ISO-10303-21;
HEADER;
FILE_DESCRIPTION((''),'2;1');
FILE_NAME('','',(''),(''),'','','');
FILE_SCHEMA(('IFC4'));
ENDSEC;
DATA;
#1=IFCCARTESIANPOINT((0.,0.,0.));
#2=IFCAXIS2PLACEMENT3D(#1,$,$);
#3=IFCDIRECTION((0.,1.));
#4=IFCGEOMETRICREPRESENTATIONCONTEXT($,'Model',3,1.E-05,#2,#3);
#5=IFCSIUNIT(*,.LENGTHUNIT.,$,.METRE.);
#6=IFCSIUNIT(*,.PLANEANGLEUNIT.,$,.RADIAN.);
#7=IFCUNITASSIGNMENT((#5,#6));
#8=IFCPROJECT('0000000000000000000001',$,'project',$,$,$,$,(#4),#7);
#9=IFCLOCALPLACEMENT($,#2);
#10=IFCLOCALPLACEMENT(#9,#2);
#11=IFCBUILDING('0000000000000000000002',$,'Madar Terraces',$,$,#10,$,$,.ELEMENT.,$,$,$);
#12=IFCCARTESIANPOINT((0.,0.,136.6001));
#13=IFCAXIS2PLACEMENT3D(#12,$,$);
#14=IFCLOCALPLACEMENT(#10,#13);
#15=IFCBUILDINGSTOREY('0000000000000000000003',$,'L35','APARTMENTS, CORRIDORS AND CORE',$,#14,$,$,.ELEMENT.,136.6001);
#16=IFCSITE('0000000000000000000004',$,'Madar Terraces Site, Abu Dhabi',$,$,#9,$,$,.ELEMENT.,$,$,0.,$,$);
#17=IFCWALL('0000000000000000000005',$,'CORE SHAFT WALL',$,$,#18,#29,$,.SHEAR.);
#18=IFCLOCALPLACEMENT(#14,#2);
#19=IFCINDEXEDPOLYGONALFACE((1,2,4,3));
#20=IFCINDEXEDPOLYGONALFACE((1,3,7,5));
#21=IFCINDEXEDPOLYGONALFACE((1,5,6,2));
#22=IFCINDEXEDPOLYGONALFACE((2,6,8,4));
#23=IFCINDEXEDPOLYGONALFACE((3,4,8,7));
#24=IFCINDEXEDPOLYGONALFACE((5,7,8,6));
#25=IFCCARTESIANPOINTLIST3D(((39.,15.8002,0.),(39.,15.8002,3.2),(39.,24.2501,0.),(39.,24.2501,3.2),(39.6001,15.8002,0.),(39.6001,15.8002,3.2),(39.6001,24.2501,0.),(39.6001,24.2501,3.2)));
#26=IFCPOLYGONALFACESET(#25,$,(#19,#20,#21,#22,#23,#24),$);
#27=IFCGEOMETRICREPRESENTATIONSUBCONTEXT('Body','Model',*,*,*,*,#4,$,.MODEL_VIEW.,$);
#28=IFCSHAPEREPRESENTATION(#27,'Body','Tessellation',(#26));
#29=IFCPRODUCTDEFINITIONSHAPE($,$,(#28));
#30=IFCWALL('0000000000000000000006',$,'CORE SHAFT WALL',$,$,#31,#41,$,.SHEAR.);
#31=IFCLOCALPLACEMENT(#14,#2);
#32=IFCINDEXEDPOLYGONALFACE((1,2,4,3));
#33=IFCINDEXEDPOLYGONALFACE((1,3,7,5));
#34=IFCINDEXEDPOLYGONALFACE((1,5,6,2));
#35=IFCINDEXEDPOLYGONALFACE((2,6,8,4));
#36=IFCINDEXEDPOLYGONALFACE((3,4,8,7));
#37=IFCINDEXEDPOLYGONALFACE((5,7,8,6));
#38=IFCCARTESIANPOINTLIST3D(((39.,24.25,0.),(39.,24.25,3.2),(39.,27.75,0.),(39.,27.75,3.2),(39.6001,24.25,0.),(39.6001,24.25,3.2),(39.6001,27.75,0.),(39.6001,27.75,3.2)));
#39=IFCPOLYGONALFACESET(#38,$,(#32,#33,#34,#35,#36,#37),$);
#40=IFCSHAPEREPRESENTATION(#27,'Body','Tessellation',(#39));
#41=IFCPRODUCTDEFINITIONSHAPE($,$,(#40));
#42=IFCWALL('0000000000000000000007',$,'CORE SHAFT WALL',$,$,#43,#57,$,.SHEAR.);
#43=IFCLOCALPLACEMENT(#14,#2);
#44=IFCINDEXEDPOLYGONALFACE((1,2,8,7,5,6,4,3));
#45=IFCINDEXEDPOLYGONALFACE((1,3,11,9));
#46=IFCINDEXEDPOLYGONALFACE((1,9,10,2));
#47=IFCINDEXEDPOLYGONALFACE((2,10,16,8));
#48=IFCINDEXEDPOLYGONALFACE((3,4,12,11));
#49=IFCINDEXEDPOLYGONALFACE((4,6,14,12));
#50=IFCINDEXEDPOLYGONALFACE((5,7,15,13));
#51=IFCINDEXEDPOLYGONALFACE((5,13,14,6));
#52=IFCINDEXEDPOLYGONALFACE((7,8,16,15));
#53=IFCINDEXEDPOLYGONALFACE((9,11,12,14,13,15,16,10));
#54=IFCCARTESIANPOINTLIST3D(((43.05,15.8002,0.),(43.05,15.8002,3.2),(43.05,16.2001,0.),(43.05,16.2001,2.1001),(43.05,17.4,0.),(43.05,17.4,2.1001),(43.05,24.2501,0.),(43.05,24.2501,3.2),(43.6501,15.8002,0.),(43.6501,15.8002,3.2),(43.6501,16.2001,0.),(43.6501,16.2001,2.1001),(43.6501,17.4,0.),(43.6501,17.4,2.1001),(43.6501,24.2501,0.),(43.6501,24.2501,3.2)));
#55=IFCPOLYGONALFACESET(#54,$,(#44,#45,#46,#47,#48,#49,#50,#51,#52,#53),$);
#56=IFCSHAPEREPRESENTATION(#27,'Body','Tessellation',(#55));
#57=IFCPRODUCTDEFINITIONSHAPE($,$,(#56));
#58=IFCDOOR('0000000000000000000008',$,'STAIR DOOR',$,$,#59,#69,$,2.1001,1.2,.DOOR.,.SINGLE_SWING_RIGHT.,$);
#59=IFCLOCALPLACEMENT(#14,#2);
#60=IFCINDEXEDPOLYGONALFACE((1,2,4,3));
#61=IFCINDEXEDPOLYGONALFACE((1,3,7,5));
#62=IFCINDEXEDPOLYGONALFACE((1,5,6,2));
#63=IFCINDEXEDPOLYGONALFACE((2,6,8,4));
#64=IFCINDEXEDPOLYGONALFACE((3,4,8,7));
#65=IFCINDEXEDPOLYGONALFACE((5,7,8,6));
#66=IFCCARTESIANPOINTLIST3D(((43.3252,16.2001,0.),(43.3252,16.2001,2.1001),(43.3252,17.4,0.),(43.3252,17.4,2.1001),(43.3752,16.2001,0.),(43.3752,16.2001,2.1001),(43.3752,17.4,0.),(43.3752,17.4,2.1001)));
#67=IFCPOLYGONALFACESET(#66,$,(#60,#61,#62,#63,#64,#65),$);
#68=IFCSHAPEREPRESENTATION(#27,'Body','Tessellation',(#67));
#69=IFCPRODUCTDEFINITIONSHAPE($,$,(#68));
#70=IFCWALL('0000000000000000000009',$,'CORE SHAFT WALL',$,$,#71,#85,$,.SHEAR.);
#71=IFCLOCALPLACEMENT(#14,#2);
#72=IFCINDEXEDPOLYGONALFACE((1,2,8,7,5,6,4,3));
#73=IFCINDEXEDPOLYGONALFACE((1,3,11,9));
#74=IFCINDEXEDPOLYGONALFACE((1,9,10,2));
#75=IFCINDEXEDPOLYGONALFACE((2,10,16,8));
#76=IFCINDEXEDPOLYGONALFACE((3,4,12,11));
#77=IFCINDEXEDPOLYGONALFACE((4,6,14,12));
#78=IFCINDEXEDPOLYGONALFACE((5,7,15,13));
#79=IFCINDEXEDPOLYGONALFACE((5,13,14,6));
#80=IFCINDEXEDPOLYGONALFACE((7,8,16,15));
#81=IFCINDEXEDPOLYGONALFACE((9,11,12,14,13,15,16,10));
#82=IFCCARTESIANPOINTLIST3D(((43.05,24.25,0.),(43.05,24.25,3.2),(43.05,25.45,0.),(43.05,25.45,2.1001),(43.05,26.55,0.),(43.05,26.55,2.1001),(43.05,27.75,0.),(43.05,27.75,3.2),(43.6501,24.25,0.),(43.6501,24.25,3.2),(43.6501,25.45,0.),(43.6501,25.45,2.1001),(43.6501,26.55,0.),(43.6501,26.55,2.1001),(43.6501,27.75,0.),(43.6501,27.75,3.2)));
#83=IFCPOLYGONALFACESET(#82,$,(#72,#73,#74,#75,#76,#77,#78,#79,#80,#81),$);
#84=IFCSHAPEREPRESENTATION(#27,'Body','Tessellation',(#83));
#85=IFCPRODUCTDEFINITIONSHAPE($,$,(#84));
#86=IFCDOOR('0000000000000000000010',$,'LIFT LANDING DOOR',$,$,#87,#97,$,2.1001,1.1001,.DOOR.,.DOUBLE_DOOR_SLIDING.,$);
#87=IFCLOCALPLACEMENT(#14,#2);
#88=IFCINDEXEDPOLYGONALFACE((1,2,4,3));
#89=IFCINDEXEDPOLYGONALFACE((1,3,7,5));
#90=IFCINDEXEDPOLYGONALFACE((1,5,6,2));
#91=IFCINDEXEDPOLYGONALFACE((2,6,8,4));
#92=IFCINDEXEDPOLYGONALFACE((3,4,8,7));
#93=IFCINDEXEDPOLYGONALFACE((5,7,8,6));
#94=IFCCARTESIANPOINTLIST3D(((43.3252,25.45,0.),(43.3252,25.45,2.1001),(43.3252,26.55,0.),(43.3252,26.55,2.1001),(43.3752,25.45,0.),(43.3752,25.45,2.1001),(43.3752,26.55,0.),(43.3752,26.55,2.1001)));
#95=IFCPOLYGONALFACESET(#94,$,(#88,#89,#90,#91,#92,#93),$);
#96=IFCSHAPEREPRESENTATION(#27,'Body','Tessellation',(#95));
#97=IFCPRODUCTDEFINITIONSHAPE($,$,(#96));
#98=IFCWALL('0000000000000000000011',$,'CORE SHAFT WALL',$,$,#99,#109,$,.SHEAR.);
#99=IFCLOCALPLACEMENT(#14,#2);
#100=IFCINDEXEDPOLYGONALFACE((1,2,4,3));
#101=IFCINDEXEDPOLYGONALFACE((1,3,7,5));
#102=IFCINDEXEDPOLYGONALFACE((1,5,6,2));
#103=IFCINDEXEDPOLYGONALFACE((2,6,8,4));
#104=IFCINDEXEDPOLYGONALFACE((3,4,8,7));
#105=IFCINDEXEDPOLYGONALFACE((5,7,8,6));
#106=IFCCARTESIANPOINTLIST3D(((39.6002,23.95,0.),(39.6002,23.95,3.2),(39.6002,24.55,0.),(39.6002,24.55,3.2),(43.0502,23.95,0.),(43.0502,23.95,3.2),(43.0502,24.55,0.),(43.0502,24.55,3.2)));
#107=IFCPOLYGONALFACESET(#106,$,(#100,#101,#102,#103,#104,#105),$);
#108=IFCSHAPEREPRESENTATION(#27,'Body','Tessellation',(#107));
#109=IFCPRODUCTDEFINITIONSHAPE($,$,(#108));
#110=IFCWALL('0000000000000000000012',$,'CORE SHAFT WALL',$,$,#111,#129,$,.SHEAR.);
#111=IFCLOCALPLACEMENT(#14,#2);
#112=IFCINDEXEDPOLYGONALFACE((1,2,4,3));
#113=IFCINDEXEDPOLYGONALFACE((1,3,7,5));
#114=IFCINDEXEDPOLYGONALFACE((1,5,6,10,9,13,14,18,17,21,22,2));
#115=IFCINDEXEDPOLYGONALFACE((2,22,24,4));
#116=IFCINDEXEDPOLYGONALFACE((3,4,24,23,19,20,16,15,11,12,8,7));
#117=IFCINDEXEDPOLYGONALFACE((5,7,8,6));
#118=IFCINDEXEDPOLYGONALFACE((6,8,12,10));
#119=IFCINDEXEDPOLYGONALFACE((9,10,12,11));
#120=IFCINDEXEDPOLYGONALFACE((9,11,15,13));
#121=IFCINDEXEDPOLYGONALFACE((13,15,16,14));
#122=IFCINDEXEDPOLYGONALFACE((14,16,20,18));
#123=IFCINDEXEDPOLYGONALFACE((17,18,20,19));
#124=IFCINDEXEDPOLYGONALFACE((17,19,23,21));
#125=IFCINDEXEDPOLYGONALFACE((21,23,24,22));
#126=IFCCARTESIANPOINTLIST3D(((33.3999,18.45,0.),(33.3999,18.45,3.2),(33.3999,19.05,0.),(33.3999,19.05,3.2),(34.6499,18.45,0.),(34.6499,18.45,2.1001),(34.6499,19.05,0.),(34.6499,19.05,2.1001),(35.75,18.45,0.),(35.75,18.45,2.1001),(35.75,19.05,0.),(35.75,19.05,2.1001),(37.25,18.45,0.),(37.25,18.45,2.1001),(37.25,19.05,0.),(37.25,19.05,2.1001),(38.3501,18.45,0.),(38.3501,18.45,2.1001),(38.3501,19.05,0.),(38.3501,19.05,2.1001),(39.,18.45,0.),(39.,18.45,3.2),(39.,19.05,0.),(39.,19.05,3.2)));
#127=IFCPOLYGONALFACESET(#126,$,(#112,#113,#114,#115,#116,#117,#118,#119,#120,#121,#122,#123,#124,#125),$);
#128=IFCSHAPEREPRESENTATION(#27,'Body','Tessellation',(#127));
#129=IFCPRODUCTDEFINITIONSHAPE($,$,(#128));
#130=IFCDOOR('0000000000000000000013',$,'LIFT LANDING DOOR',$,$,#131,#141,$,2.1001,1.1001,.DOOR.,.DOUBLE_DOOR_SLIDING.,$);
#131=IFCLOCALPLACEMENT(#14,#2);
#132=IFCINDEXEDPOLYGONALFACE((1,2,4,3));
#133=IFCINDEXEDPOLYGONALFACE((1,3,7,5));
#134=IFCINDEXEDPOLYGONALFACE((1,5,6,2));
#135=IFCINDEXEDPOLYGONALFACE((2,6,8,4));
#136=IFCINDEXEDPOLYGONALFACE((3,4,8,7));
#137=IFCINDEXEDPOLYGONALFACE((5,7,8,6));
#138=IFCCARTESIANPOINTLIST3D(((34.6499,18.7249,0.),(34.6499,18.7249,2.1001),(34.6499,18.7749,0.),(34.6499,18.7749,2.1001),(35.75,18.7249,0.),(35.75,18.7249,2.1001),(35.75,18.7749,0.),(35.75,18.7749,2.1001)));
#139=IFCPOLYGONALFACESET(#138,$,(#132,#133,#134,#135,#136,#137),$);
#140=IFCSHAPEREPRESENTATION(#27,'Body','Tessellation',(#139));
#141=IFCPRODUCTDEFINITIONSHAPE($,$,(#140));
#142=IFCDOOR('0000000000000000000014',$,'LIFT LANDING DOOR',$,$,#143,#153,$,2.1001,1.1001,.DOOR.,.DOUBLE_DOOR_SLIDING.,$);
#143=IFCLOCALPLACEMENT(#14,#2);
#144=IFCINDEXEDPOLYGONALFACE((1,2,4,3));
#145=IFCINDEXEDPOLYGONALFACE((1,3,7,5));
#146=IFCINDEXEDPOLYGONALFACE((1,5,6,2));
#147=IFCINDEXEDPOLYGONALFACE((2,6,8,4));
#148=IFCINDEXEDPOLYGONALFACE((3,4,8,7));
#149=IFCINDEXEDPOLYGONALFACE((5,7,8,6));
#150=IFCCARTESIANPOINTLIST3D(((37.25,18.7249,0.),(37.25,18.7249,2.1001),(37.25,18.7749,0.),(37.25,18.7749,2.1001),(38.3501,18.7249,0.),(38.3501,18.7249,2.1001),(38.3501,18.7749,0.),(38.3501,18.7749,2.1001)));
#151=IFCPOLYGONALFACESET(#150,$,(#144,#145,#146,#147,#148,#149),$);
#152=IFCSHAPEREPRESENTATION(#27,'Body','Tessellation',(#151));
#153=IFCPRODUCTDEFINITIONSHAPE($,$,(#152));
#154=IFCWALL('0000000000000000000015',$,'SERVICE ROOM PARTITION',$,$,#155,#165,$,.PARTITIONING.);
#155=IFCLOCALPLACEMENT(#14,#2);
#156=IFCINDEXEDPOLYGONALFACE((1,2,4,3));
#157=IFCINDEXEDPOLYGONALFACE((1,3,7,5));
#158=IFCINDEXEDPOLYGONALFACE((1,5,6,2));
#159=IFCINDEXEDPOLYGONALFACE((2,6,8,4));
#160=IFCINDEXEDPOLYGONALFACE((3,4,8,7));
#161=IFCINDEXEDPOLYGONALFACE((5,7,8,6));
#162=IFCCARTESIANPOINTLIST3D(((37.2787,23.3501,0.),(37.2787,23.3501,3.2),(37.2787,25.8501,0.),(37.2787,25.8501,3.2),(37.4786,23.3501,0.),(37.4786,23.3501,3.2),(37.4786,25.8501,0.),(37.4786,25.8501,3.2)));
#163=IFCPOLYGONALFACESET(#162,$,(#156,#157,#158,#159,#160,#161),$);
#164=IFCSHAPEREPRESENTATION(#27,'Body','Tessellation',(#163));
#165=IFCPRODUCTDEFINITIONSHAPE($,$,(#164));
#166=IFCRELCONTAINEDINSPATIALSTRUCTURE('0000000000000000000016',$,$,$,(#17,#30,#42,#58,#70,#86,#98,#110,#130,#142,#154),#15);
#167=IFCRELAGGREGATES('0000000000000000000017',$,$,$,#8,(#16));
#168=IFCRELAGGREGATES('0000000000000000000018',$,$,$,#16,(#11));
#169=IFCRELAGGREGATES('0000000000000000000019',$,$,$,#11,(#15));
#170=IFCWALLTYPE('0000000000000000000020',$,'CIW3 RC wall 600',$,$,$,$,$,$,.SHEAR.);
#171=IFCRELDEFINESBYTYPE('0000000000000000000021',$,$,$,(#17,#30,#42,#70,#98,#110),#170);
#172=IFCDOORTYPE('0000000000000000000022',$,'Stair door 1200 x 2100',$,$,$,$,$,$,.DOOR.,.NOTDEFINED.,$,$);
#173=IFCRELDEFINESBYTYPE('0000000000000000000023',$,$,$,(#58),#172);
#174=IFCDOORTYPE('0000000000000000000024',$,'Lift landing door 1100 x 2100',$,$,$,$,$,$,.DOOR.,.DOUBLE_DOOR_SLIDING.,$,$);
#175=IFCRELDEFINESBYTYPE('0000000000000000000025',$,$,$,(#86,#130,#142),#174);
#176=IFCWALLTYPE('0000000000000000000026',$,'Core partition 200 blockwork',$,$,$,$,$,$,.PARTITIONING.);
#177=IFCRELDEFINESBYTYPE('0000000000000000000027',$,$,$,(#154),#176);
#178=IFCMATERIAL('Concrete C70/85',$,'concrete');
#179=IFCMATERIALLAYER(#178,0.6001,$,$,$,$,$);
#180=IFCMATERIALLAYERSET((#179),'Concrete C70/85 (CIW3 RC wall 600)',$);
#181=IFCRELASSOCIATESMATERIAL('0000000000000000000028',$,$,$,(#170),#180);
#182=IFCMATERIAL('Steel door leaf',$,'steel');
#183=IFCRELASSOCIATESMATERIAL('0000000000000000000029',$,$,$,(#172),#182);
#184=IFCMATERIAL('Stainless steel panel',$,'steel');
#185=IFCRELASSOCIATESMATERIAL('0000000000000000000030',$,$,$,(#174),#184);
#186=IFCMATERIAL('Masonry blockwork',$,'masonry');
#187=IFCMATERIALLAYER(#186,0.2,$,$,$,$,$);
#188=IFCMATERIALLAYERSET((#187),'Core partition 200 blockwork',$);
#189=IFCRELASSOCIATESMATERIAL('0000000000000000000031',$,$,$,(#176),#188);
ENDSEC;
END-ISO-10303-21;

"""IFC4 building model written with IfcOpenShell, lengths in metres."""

from ifc_helpers import new_model, si_unit, direction, frame, frame_2d, origin, place, context, subcontext, project, spatial, rectangle, extrude, material, layer, layer_set, type_object, element, fill, save


model = new_model("IFC4")

# Units and contexts
model_context = context("Model", 3, precision=1e-05, world=origin(), true_north=direction((0.0, 1.0)))
body_context = subcontext(model_context, "Body", "Model", "MODEL_VIEW")
ifc_project = project(units=[si_unit("LENGTHUNIT", "METRE"), si_unit("PLANEANGLEUNIT", "RADIAN")], contexts=[model_context])

# Site, building, storey
site_placement = place(None, origin())
site = spatial("IfcSite", under=ifc_project, at=site_placement, Name="Madar Terraces Site, Abu Dhabi", CompositionType="ELEMENT", RefElevation=0.0)
building_placement = place(site_placement, origin())
building = spatial("IfcBuilding", under=site, at=building_placement, Name="Madar Terraces", CompositionType="ELEMENT")
storey_placement = place(building_placement, frame((0.0, 0.0, 136.6001)))
storey = spatial("IfcBuildingStorey", under=building, at=storey_placement, Name="L35", Description="APARTMENTS, CORRIDORS AND CORE", CompositionType="ELEMENT", Elevation=136.6001)

# Walls
ifc_material_1 = material(Name="Concrete C70/85", Category="concrete")
ifc_layer_1 = layer(ifc_material_1, 0.6001)
ifc_layer_set_1 = layer_set([ifc_layer_1], Name="Concrete C70/85 (CIW3 RC wall 600)")
wall_type_1 = type_object("IfcWallType", Name="CIW3 RC wall 600", PredefinedType="SHEAR", material=ifc_layer_set_1)
wall_1_placement = place(storey_placement, frame((39.3, 15.8, 0.0), z_axis=(0.0, 0.0, 1.0), x_axis=(0.0, 1.0, 0.0)))
element("IfcWall", 1, at=wall_1_placement, inside=storey, type_object=wall_type_1, Name="CORE SHAFT WALL", PredefinedType="SHEAR", context=body_context, shape_type="SweptSolid", body=[
    extrude(rectangle(XDim=8.45, YDim=0.6001, at=frame_2d((4.2251, 0.0))), origin(), (0.0, 0.0, 1.0), 3.2),
])
wall_2_placement = place(storey_placement, frame((39.3, 24.25, 0.0), z_axis=(0.0, 0.0, 1.0), x_axis=(0.0, 1.0, 0.0)))
element("IfcWall", 2, at=wall_2_placement, inside=storey, type_object=wall_type_1, Name="CORE SHAFT WALL", PredefinedType="SHEAR", context=body_context, shape_type="SweptSolid", body=[
    extrude(rectangle(XDim=3.5, YDim=0.6001, at=frame_2d((1.75, 0.0))), origin(), (0.0, 0.0, 1.0), 3.2),
])

# Walls, openings, doors
wall_3_placement = place(storey_placement, frame((43.3501, 15.8, 0.0), z_axis=(0.0, 0.0, 1.0), x_axis=(0.0, 1.0, 0.0)))
wall_3 = element("IfcWall", 3, at=wall_3_placement, inside=storey, type_object=wall_type_1, Name="CORE SHAFT WALL", PredefinedType="SHEAR", context=body_context, shape_type="SweptSolid", body=[
    extrude(rectangle(XDim=8.45, YDim=0.6001, at=frame_2d((4.2251, 0.0))), origin(), (0.0, 0.0, 1.0), 3.2),
])
opening_1_placement = place(wall_3_placement, frame((0.3999, 0.0, 0.0)))
opening_1 = element("IfcOpeningElement", 4, at=opening_1_placement, cuts=wall_3, PredefinedType="OPENING", context=body_context, shape_type="SweptSolid", body=[
    extrude(rectangle(XDim=1.2, YDim=2.1001, at=frame_2d((0.6001, 1.05))), frame((0.0, 0.3101, 0.0), z_axis=(0.0, -1.0, 0.0), x_axis=(1.0, 0.0, 0.0)), (0.0, 0.0, 1.0), 0.6201),
])
ifc_material_2 = material(Name="Steel door leaf", Category="steel")
door_type_1 = type_object("IfcDoorType", Name="Stair door 1200 x 2100", OperationType="NOTDEFINED", PredefinedType="DOOR", material=ifc_material_2)
door_1_placement = place(opening_1_placement, origin())
door_1 = element("IfcDoor", 5, at=door_1_placement, inside=storey, type_object=door_type_1, Name="STAIR DOOR", OperationType="SINGLE_SWING_RIGHT", OverallHeight=2.1001, OverallWidth=1.2, PredefinedType="DOOR", context=body_context, shape_type="SweptSolid", body=[
    extrude(rectangle(XDim=1.2, YDim=2.1001, at=frame_2d((0.6001, 1.05))), frame((0.0, 0.0249, 0.0), z_axis=(0.0, -1.0, 0.0), x_axis=(1.0, 0.0, 0.0)), (0.0, 0.0, 1.0), 0.05),
])
fill(opening_1, door_1)
wall_4_placement = place(storey_placement, frame((43.3501, 24.25, 0.0), z_axis=(0.0, 0.0, 1.0), x_axis=(0.0, 1.0, 0.0)))
wall_4 = element("IfcWall", 6, at=wall_4_placement, inside=storey, type_object=wall_type_1, Name="CORE SHAFT WALL", PredefinedType="SHEAR", context=body_context, shape_type="SweptSolid", body=[
    extrude(rectangle(XDim=3.5, YDim=0.6001, at=frame_2d((1.75, 0.0))), origin(), (0.0, 0.0, 1.0), 3.2),
])
opening_2_placement = place(wall_4_placement, frame((1.2, 0.0, 0.0)))
opening_2 = element("IfcOpeningElement", 7, at=opening_2_placement, cuts=wall_4, PredefinedType="OPENING", context=body_context, shape_type="SweptSolid", body=[
    extrude(rectangle(XDim=1.1001, YDim=2.1001, at=frame_2d((0.55, 1.05))), frame((0.0, 0.3101, 0.0), z_axis=(0.0, -1.0, 0.0), x_axis=(1.0, 0.0, 0.0)), (0.0, 0.0, 1.0), 0.6201),
])
ifc_material_3 = material(Name="Stainless steel panel", Category="steel")
door_type_2 = type_object("IfcDoorType", Name="Lift landing door 1100 x 2100", OperationType="DOUBLE_DOOR_SLIDING", PredefinedType="DOOR", material=ifc_material_3)
door_2_placement = place(opening_2_placement, origin())
door_2 = element("IfcDoor", 8, at=door_2_placement, inside=storey, type_object=door_type_2, Name="LIFT LANDING DOOR", OperationType="DOUBLE_DOOR_SLIDING", OverallHeight=2.1001, OverallWidth=1.1001, PredefinedType="DOOR", context=body_context, shape_type="SweptSolid", body=[
    extrude(rectangle(XDim=1.1001, YDim=2.1001, at=frame_2d((0.55, 1.05))), frame((0.0, 0.0249, 0.0), z_axis=(0.0, -1.0, 0.0), x_axis=(1.0, 0.0, 0.0)), (0.0, 0.0, 1.0), 0.05),
])
fill(opening_2, door_2)

# Wall
wall_5_placement = place(storey_placement, frame((39.6001, 24.25, 0.0), z_axis=(0.0, 0.0, 1.0), x_axis=(1.0, 0.0, 0.0)))
element("IfcWall", 9, at=wall_5_placement, inside=storey, type_object=wall_type_1, Name="CORE SHAFT WALL", PredefinedType="SHEAR", context=body_context, shape_type="SweptSolid", body=[
    extrude(rectangle(XDim=3.45, YDim=0.6001, at=frame_2d((1.7251, 0.0))), origin(), (0.0, 0.0, 1.0), 3.2),
])

# Wall, openings, doors
wall_6_placement = place(storey_placement, frame((33.3999, 18.75, 0.0), z_axis=(0.0, 0.0, 1.0), x_axis=(1.0, 0.0, 0.0)))
wall_6 = element("IfcWall", 10, at=wall_6_placement, inside=storey, type_object=wall_type_1, Name="CORE SHAFT WALL", PredefinedType="SHEAR", context=body_context, shape_type="SweptSolid", body=[
    extrude(rectangle(XDim=5.6001, YDim=0.6001, at=frame_2d((2.8, 0.0))), origin(), (0.0, 0.0, 1.0), 3.2),
])
opening_3_placement = place(wall_6_placement, frame((1.25, 0.0, 0.0)))
opening_3 = element("IfcOpeningElement", 11, at=opening_3_placement, cuts=wall_6, PredefinedType="OPENING", context=body_context, shape_type="SweptSolid", body=[
    extrude(rectangle(XDim=1.1001, YDim=2.1001, at=frame_2d((0.55, 1.05))), frame((0.0, 0.3101, 0.0), z_axis=(0.0, -1.0, 0.0), x_axis=(1.0, 0.0, 0.0)), (0.0, 0.0, 1.0), 0.6201),
])
opening_4_placement = place(wall_6_placement, frame((3.8501, 0.0, 0.0)))
opening_4 = element("IfcOpeningElement", 12, at=opening_4_placement, cuts=wall_6, PredefinedType="OPENING", context=body_context, shape_type="SweptSolid", body=[
    extrude(rectangle(XDim=1.1001, YDim=2.1001, at=frame_2d((0.55, 1.05))), frame((0.0, 0.3101, 0.0), z_axis=(0.0, -1.0, 0.0), x_axis=(1.0, 0.0, 0.0)), (0.0, 0.0, 1.0), 0.6201),
])
door_3_placement = place(opening_3_placement, origin())
door_3 = element("IfcDoor", 13, at=door_3_placement, inside=storey, type_object=door_type_2, Name="LIFT LANDING DOOR", OperationType="DOUBLE_DOOR_SLIDING", OverallHeight=2.1001, OverallWidth=1.1001, PredefinedType="DOOR", context=body_context, shape_type="SweptSolid", body=[
    extrude(rectangle(XDim=1.1001, YDim=2.1001, at=frame_2d((0.55, 1.05))), frame((0.0, 0.0249, 0.0), z_axis=(0.0, -1.0, 0.0), x_axis=(1.0, 0.0, 0.0)), (0.0, 0.0, 1.0), 0.05),
])
fill(opening_3, door_3)
door_4_placement = place(opening_4_placement, origin())
door_4 = element("IfcDoor", 14, at=door_4_placement, inside=storey, type_object=door_type_2, Name="LIFT LANDING DOOR", OperationType="DOUBLE_DOOR_SLIDING", OverallHeight=2.1001, OverallWidth=1.1001, PredefinedType="DOOR", context=body_context, shape_type="SweptSolid", body=[
    extrude(rectangle(XDim=1.1001, YDim=2.1001, at=frame_2d((0.55, 1.05))), frame((0.0, 0.0249, 0.0), z_axis=(0.0, -1.0, 0.0), x_axis=(1.0, 0.0, 0.0)), (0.0, 0.0, 1.0), 0.05),
])
fill(opening_4, door_4)

# Wall
ifc_material_4 = material(Name="Masonry blockwork", Category="masonry")
ifc_layer_2 = layer(ifc_material_4, 0.2)
ifc_layer_set_2 = layer_set([ifc_layer_2], Name="Core partition 200 blockwork")
wall_type_2 = type_object("IfcWallType", Name="Core partition 200 blockwork", PredefinedType="PARTITIONING", material=ifc_layer_set_2)
wall_7_placement = place(storey_placement, frame((37.3787, 23.3501, 0.0), z_axis=(0.0, 0.0, 1.0), x_axis=(0.0, 1.0, 0.0)))
element("IfcWall", 15, at=wall_7_placement, inside=storey, type_object=wall_type_2, Name="SERVICE ROOM PARTITION", PredefinedType="PARTITIONING", context=body_context, shape_type="SweptSolid", body=[
    extrude(rectangle(XDim=2.5, YDim=0.2, at=frame_2d((1.25, 0.0))), origin(), (0.0, 0.0, 1.0), 3.2),
])

save(model, "model.ifc")
